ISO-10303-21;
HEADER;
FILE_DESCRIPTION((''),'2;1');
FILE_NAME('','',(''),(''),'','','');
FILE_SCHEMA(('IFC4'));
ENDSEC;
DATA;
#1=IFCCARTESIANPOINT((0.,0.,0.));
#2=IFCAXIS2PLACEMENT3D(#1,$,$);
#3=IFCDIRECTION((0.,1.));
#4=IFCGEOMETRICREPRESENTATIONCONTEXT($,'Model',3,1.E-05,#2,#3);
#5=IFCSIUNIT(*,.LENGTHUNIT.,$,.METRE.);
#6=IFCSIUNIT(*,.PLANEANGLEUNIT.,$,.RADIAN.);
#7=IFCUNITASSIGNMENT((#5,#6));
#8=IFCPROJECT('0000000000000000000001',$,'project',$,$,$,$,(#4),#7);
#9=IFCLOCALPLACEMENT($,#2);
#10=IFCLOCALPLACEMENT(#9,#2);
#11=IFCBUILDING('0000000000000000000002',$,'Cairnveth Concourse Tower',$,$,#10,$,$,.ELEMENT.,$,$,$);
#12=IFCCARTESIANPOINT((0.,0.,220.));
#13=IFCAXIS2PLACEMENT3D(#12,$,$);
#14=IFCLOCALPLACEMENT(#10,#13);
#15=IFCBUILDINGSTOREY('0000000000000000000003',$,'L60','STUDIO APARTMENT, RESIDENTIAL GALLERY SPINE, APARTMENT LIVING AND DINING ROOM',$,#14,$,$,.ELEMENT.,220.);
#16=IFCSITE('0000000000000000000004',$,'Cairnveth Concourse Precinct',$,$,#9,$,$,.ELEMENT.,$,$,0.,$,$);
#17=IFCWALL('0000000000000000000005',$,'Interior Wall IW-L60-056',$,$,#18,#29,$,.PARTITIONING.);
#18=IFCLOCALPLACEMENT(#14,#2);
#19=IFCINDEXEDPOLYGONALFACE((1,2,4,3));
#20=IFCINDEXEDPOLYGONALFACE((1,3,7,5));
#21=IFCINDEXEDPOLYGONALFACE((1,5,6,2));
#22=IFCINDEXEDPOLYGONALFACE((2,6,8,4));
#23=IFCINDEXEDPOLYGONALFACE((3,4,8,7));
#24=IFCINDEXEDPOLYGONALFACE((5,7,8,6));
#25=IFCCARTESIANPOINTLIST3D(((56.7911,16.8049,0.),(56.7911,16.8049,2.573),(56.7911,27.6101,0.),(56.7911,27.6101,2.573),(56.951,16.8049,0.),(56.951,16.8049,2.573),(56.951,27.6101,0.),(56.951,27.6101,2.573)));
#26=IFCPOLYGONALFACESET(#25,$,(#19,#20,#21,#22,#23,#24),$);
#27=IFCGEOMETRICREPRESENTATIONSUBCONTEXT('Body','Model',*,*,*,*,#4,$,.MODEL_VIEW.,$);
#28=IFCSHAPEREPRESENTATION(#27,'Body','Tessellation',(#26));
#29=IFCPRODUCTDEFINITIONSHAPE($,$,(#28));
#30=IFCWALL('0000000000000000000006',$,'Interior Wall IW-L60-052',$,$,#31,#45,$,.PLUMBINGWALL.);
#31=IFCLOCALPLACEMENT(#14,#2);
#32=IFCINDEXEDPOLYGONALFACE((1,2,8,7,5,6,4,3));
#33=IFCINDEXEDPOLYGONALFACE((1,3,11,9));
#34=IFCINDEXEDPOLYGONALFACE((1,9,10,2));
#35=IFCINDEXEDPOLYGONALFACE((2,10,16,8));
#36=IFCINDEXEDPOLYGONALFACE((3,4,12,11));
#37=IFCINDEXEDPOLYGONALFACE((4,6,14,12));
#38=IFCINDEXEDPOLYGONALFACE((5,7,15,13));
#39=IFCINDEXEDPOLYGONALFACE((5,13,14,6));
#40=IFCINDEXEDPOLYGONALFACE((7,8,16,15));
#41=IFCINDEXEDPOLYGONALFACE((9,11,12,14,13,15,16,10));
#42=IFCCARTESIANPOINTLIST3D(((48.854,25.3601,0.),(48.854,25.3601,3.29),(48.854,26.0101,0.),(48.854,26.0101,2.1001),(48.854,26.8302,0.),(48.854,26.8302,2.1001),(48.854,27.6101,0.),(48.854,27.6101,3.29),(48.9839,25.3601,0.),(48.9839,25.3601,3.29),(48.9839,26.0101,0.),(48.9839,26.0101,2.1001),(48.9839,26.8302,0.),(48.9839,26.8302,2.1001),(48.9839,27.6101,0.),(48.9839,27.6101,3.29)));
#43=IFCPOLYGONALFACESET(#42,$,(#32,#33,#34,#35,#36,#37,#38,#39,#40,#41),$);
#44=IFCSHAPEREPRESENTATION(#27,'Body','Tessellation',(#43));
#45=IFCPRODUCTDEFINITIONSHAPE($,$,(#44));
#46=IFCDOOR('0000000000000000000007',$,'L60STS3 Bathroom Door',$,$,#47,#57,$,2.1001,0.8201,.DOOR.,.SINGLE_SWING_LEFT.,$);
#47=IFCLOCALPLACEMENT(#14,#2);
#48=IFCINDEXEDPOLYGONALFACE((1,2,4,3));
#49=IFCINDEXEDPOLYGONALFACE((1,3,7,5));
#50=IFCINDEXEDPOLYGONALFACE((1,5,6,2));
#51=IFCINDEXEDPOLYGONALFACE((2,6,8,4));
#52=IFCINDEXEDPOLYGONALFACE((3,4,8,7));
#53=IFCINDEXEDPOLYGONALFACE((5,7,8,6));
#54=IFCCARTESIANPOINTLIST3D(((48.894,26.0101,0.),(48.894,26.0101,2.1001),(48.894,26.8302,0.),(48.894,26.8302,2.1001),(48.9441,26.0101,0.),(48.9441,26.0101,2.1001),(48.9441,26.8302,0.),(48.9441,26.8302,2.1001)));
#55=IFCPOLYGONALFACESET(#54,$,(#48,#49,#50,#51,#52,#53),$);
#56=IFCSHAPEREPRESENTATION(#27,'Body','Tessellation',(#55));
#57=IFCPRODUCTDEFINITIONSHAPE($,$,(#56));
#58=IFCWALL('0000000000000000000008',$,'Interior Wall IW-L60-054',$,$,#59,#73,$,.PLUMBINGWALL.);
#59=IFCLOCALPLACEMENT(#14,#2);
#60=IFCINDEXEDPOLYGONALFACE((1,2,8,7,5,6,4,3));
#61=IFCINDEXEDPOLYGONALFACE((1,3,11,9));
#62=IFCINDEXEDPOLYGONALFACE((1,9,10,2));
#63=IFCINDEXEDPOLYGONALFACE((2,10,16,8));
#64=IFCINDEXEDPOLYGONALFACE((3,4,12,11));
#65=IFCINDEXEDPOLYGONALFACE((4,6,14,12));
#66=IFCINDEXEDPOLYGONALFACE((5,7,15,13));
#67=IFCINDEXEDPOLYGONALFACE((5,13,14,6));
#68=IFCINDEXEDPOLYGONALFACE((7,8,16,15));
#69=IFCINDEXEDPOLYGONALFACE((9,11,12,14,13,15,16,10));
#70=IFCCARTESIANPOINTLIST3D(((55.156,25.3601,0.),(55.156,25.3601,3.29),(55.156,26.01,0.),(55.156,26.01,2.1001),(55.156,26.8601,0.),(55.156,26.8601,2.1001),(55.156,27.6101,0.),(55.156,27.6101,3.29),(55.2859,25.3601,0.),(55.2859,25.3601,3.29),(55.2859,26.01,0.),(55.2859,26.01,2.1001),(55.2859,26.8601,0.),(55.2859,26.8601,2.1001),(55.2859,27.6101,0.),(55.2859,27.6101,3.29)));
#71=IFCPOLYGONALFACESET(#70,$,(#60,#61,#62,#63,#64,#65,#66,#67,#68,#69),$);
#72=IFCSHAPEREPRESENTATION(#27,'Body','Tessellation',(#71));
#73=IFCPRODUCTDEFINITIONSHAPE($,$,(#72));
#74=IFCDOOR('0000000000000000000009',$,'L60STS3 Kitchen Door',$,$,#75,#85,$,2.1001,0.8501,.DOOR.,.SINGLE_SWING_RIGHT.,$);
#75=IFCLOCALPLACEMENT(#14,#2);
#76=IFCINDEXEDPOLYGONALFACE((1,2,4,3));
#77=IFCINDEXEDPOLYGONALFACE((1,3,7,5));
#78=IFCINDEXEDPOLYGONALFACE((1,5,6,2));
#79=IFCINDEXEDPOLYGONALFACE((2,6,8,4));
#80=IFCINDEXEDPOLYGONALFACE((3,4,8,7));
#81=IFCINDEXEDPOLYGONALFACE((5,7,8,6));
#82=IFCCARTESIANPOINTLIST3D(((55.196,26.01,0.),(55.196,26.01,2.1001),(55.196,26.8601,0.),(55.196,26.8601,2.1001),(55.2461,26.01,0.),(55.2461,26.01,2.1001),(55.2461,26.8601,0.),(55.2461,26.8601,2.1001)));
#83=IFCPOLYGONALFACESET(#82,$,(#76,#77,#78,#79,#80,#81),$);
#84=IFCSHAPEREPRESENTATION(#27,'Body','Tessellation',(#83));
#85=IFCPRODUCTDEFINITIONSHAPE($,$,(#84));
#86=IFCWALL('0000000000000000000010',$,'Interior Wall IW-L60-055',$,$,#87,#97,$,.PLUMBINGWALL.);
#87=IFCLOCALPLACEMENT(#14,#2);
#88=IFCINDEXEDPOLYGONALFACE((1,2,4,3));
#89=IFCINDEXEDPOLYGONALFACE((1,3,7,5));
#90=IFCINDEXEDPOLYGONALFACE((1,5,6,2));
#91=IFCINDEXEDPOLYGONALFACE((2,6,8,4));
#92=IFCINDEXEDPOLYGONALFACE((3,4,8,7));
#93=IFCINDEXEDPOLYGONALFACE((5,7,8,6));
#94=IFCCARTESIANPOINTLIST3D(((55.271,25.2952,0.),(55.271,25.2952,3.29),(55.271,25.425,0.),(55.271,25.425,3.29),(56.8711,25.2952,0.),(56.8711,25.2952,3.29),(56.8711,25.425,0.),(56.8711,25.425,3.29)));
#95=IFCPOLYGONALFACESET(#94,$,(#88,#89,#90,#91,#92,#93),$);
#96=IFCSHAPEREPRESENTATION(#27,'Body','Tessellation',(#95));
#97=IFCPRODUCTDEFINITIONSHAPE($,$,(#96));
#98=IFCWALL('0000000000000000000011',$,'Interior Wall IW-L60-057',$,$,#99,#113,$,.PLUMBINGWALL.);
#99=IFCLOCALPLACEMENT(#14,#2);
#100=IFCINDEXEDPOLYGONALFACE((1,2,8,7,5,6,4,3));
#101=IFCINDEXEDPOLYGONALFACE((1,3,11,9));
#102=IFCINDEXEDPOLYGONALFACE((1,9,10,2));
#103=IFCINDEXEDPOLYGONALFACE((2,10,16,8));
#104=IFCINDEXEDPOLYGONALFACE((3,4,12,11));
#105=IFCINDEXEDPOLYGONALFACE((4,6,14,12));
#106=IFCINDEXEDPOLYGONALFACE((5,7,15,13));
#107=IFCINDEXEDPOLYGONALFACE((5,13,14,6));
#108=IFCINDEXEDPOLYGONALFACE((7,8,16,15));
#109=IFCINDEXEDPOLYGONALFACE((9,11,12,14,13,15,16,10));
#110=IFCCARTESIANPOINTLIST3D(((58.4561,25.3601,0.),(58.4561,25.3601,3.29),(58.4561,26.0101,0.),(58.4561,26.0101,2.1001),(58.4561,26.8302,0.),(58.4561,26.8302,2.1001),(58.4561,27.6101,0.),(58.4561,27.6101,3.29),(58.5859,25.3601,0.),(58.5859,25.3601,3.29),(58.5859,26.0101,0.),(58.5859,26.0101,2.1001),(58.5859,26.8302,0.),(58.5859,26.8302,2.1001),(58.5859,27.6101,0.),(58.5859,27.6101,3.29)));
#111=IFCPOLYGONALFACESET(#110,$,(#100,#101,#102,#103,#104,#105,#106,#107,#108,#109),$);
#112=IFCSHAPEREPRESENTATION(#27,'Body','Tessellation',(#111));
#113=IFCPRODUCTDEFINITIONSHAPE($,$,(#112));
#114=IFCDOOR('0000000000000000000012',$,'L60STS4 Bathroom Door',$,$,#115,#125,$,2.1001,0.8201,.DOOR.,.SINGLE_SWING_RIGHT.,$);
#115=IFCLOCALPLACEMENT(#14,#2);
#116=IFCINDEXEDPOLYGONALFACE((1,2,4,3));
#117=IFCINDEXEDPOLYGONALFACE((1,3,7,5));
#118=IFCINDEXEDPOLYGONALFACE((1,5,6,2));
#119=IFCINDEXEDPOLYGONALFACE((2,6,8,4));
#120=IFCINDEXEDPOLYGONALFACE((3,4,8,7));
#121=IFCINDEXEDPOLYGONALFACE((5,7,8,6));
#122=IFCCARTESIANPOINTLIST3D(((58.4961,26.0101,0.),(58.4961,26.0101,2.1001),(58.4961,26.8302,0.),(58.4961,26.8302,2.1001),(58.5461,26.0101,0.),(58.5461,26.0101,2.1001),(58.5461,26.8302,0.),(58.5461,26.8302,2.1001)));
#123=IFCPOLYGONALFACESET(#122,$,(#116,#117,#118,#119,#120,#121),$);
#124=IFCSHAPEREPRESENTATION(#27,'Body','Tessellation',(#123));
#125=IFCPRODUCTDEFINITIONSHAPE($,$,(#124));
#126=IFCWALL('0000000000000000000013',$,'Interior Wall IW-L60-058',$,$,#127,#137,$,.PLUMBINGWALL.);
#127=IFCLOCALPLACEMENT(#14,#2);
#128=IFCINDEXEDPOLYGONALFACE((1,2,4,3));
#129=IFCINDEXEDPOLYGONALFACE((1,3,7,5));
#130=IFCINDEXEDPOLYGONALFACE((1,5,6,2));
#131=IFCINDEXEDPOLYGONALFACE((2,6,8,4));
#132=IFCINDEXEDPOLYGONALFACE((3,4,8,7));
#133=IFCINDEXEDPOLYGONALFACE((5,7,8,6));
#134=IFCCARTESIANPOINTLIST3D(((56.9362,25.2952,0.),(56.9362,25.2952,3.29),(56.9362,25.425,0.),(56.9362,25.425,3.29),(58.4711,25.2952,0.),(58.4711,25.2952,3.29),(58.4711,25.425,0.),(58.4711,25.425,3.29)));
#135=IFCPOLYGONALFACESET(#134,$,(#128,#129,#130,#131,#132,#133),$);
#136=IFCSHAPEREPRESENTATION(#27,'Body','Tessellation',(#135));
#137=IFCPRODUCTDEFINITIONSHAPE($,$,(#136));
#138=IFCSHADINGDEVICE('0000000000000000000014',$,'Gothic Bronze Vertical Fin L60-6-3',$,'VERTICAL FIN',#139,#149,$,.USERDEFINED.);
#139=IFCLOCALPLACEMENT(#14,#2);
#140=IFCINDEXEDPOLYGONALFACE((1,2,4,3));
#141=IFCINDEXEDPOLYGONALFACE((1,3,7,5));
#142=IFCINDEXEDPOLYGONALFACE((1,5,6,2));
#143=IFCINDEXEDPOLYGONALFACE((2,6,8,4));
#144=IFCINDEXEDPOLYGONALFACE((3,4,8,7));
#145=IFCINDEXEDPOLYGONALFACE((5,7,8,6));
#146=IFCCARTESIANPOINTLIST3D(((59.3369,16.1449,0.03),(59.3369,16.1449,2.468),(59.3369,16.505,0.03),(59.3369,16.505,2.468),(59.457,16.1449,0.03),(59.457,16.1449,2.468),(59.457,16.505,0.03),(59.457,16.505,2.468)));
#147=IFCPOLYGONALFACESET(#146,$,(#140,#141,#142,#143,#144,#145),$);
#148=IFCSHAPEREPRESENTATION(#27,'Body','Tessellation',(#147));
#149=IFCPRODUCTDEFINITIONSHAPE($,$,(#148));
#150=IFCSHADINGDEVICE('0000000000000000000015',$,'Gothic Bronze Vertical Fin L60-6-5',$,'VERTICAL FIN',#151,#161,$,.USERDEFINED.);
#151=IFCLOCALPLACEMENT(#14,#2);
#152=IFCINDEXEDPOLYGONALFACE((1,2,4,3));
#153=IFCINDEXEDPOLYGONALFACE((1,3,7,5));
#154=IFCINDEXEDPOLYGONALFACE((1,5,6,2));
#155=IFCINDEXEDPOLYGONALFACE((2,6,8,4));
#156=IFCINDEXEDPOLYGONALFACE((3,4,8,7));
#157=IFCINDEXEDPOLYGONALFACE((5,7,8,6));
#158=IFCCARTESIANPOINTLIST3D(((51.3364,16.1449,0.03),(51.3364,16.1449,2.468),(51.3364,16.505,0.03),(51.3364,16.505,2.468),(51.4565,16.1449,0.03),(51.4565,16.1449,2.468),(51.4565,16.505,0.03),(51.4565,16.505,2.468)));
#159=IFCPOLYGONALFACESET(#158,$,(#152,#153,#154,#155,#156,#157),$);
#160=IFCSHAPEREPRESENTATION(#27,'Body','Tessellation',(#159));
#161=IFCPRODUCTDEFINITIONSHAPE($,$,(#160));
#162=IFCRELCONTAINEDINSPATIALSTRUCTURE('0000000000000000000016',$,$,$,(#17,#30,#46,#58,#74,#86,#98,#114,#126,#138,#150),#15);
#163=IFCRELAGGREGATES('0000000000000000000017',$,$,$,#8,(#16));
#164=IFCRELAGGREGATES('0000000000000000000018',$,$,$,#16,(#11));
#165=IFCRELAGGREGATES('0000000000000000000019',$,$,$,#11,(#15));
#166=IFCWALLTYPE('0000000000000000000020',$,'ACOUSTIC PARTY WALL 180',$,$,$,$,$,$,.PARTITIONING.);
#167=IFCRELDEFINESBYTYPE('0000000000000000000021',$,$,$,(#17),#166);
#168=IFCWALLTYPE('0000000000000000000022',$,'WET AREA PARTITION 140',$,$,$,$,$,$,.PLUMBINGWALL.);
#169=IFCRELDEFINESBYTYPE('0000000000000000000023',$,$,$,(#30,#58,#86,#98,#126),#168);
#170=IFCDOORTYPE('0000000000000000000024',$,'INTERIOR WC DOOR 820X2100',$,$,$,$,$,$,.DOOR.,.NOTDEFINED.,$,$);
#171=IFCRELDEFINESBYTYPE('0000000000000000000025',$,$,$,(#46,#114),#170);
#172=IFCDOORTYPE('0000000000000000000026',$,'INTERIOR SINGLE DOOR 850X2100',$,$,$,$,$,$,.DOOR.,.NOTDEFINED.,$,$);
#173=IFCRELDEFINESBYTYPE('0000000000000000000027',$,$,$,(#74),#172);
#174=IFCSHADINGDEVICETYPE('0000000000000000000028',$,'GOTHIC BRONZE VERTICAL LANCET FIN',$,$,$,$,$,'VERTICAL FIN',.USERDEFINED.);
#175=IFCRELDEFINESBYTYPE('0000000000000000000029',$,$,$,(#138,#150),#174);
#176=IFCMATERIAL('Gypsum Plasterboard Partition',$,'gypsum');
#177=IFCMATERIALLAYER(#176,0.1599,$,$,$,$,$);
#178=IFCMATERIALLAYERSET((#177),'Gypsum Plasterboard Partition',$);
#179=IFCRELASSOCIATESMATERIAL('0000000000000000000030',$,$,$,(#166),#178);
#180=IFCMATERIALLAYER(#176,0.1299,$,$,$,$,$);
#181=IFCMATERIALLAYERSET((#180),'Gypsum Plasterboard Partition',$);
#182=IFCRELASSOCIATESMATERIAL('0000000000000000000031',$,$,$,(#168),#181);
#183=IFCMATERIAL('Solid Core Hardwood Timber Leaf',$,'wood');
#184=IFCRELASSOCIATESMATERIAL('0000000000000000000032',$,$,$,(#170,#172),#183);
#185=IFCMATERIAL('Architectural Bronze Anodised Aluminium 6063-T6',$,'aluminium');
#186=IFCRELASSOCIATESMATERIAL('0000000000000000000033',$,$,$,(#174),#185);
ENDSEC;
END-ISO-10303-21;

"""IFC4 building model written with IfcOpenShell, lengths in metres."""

from ifc_helpers import new_model, si_unit, direction, frame, frame_2d, origin, origin_2d, place, context, subcontext, project, spatial, rectangle, extrude, material, layer, layer_set, type_object, element, fill, save


model = new_model("IFC4")

# Units and contexts
model_context = context("Model", 3, precision=1e-05, world=origin(), true_north=direction((0.0, 1.0)))
body_context = subcontext(model_context, "Body", "Model", "MODEL_VIEW")
ifc_project = project(units=[si_unit("LENGTHUNIT", "METRE"), si_unit("PLANEANGLEUNIT", "RADIAN")], contexts=[model_context])

# Site, building, storey
site_placement = place(None, origin())
site = spatial("IfcSite", under=ifc_project, at=site_placement, Name="Cairnveth Concourse Precinct", CompositionType="ELEMENT", RefElevation=0.0)
building_placement = place(site_placement, origin())
building = spatial("IfcBuilding", under=site, at=building_placement, Name="Cairnveth Concourse Tower", CompositionType="ELEMENT")
storey_placement = place(building_placement, frame((0.0, 0.0, 220.0)))
storey = spatial("IfcBuildingStorey", under=building, at=storey_placement, Name="L60", Description="STUDIO APARTMENT, RESIDENTIAL GALLERY SPINE, APARTMENT LIVING AND DINING ROOM", CompositionType="ELEMENT", Elevation=220.0)

# Shared definitions
ifc_material_1 = material(Name="Gypsum Plasterboard Partition", Category="gypsum")
ifc_layer_1 = layer(ifc_material_1, 0.1599)
ifc_layer_set_1 = layer_set([ifc_layer_1], Name="Gypsum Plasterboard Partition")
wall_type_1 = type_object("IfcWallType", Name="ACOUSTIC PARTY WALL 180", PredefinedType="PARTITIONING", material=ifc_layer_set_1)
ifc_material_2 = material(Name="Solid Core Hardwood Timber Leaf", Category="wood")

# Wall
wall_1_placement = place(storey_placement, frame((56.8711, 16.8049, 0.0), z_axis=(0.0, 0.0, 1.0), x_axis=(0.0, 1.0, 0.0)))
element("IfcWall", 1, at=wall_1_placement, inside=storey, type_object=wall_type_1, Name="Interior Wall IW-L60-056", PredefinedType="PARTITIONING", context=body_context, shape_type="SweptSolid", body=[
    extrude(rectangle(XDim=10.8052, YDim=0.1599, at=frame_2d((5.4026, 0.0))), origin(), (0.0, 0.0, 1.0), 2.573),
])

# Walls, openings, doors
ifc_layer_2 = layer(ifc_material_1, 0.1299)
ifc_layer_set_2 = layer_set([ifc_layer_2], Name="Gypsum Plasterboard Partition")
wall_type_2 = type_object("IfcWallType", Name="WET AREA PARTITION 140", PredefinedType="PLUMBINGWALL", material=ifc_layer_set_2)
wall_2_placement = place(storey_placement, frame((48.9189, 25.3601, 0.0), z_axis=(0.0, 0.0, 1.0), x_axis=(0.0, 1.0, 0.0)))
wall_2 = element("IfcWall", 2, at=wall_2_placement, inside=storey, type_object=wall_type_2, Name="Interior Wall IW-L60-052", PredefinedType="PLUMBINGWALL", context=body_context, shape_type="SweptSolid", body=[
    extrude(rectangle(XDim=2.25, YDim=0.1299, at=frame_2d((1.125, 0.0))), origin(), (0.0, 0.0, 1.0), 3.29),
])
opening_1_placement = place(wall_2_placement, frame((0.6499, 0.0, 0.0)))
opening_1 = element("IfcOpeningElement", 3, at=opening_1_placement, cuts=wall_2, PredefinedType="OPENING", context=body_context, shape_type="SweptSolid", body=[
    extrude(rectangle(XDim=0.8201, YDim=2.1001, at=frame_2d((0.4102, 1.05))), frame((0.0, 0.075, 0.0), z_axis=(0.0, -1.0, 0.0), x_axis=(1.0, 0.0, 0.0)), (0.0, 0.0, 1.0), 0.1499),
])
door_type_1 = type_object("IfcDoorType", Name="INTERIOR WC DOOR 820X2100", OperationType="NOTDEFINED", PredefinedType="DOOR", material=ifc_material_2)
door_1_placement = place(opening_1_placement, origin())
door_1 = element("IfcDoor", 4, at=door_1_placement, inside=storey, type_object=door_type_1, Name="L60STS3 Bathroom Door", OperationType="SINGLE_SWING_LEFT", OverallHeight=2.1001, OverallWidth=0.8201, PredefinedType="DOOR", context=body_context, shape_type="SweptSolid", body=[
    extrude(rectangle(XDim=0.8201, YDim=2.1001, at=frame_2d((0.4102, 1.05))), frame((0.0, 0.0249, 0.0), z_axis=(0.0, -1.0, 0.0), x_axis=(1.0, 0.0, 0.0)), (0.0, 0.0, 1.0), 0.05),
])
fill(opening_1, door_1)
wall_3_placement = place(storey_placement, frame((55.2209, 25.3601, 0.0), z_axis=(0.0, 0.0, 1.0), x_axis=(0.0, 1.0, 0.0)))
wall_3 = element("IfcWall", 5, at=wall_3_placement, inside=storey, type_object=wall_type_2, Name="Interior Wall IW-L60-054", PredefinedType="PLUMBINGWALL", context=body_context, shape_type="SweptSolid", body=[
    extrude(rectangle(XDim=2.25, YDim=0.1299, at=frame_2d((1.125, 0.0))), origin(), (0.0, 0.0, 1.0), 3.29),
])
opening_2_placement = place(wall_3_placement, frame((0.6499, 0.0, 0.0)))
opening_2 = element("IfcOpeningElement", 6, at=opening_2_placement, cuts=wall_3, PredefinedType="OPENING", context=body_context, shape_type="SweptSolid", body=[
    extrude(rectangle(XDim=0.8501, YDim=2.1001, at=frame_2d((0.425, 1.05))), frame((0.0, 0.075, 0.0), z_axis=(0.0, -1.0, 0.0), x_axis=(1.0, 0.0, 0.0)), (0.0, 0.0, 1.0), 0.1499),
])
door_type_2 = type_object("IfcDoorType", Name="INTERIOR SINGLE DOOR 850X2100", OperationType="NOTDEFINED", PredefinedType="DOOR", material=ifc_material_2)
door_2_placement = place(opening_2_placement, origin())
door_2 = element("IfcDoor", 7, at=door_2_placement, inside=storey, type_object=door_type_2, Name="L60STS3 Kitchen Door", OperationType="SINGLE_SWING_RIGHT", OverallHeight=2.1001, OverallWidth=0.8501, PredefinedType="DOOR", context=body_context, shape_type="SweptSolid", body=[
    extrude(rectangle(XDim=0.8501, YDim=2.1001, at=frame_2d((0.425, 1.05))), frame((0.0, 0.0249, 0.0), z_axis=(0.0, -1.0, 0.0), x_axis=(1.0, 0.0, 0.0)), (0.0, 0.0, 1.0), 0.05),
])
fill(opening_2, door_2)

# Wall
wall_4_placement = place(storey_placement, frame((55.271, 25.3601, 0.0), z_axis=(0.0, 0.0, 1.0), x_axis=(1.0, 0.0, 0.0)))
element("IfcWall", 8, at=wall_4_placement, inside=storey, type_object=wall_type_2, Name="Interior Wall IW-L60-055", PredefinedType="PLUMBINGWALL", context=body_context, shape_type="SweptSolid", body=[
    extrude(rectangle(XDim=1.6001, YDim=0.1299, at=frame_2d((0.8, 0.0))), origin(), (0.0, 0.0, 1.0), 3.29),
])

# Wall, opening, door
wall_5_placement = place(storey_placement, frame((58.521, 25.3601, 0.0), z_axis=(0.0, 0.0, 1.0), x_axis=(0.0, 1.0, 0.0)))
wall_5 = element("IfcWall", 9, at=wall_5_placement, inside=storey, type_object=wall_type_2, Name="Interior Wall IW-L60-057", PredefinedType="PLUMBINGWALL", context=body_context, shape_type="SweptSolid", body=[
    extrude(rectangle(XDim=2.25, YDim=0.1299, at=frame_2d((1.125, 0.0))), origin(), (0.0, 0.0, 1.0), 3.29),
])
opening_3_placement = place(wall_5_placement, frame((0.6499, 0.0, 0.0)))
opening_3 = element("IfcOpeningElement", 10, at=opening_3_placement, cuts=wall_5, PredefinedType="OPENING", context=body_context, shape_type="SweptSolid", body=[
    extrude(rectangle(XDim=0.8201, YDim=2.1001, at=frame_2d((0.4102, 1.05))), frame((0.0, 0.075, 0.0), z_axis=(0.0, -1.0, 0.0), x_axis=(1.0, 0.0, 0.0)), (0.0, 0.0, 1.0), 0.1499),
])
door_3_placement = place(opening_3_placement, origin())
door_3 = element("IfcDoor", 11, at=door_3_placement, inside=storey, type_object=door_type_1, Name="L60STS4 Bathroom Door", OperationType="SINGLE_SWING_RIGHT", OverallHeight=2.1001, OverallWidth=0.8201, PredefinedType="DOOR", context=body_context, shape_type="SweptSolid", body=[
    extrude(rectangle(XDim=0.8201, YDim=2.1001, at=frame_2d((0.4102, 1.05))), frame((0.0, 0.0249, 0.0), z_axis=(0.0, -1.0, 0.0), x_axis=(1.0, 0.0, 0.0)), (0.0, 0.0, 1.0), 0.05),
])
fill(opening_3, door_3)

# Wall
wall_6_placement = place(storey_placement, frame((56.936, 25.3601, 0.0), z_axis=(0.0, 0.0, 1.0), x_axis=(1.0, 0.0, 0.0)))
element("IfcWall", 12, at=wall_6_placement, inside=storey, type_object=wall_type_2, Name="Interior Wall IW-L60-058", PredefinedType="PLUMBINGWALL", context=body_context, shape_type="SweptSolid", body=[
    extrude(rectangle(XDim=1.5349, YDim=0.1299, at=frame_2d((0.7676, 0.0))), origin(), (0.0, 0.0, 1.0), 3.29),
])

# Shading devices
ifc_material_3 = material(Name="Architectural Bronze Anodised Aluminium 6063-T6", Category="aluminium")
shading_device_type = type_object("IfcShadingDeviceType", Name="GOTHIC BRONZE VERTICAL LANCET FIN", ElementType="VERTICAL FIN", PredefinedType="USERDEFINED", material=ifc_material_3)
for number, where, z_axis, x_axis, name in (
    (13, (59.397, 16.325, 0.03), (0.0, 0.0, 1.0), (1.0, 0.0, 0.0), "Gothic Bronze Vertical Fin L60-6-3"),
    (14, (51.3965, 16.325, 0.03), (0.0, 0.0, 1.0), (1.0, 0.0, 0.0), "Gothic Bronze Vertical Fin L60-6-5"),
):
    element("IfcShadingDevice", number, at=place(storey_placement, frame(where, z_axis=z_axis, x_axis=x_axis)), inside=storey, type_object=shading_device_type, Name=name, ObjectType="VERTICAL FIN", PredefinedType="USERDEFINED", context=body_context, shape_type="SweptSolid", body=[
        extrude(rectangle(XDim=0.1201, YDim=0.3601, at=origin_2d()), origin(), (0.0, 0.0, 1.0), 2.438),
    ])

save(model, "model.ifc")
